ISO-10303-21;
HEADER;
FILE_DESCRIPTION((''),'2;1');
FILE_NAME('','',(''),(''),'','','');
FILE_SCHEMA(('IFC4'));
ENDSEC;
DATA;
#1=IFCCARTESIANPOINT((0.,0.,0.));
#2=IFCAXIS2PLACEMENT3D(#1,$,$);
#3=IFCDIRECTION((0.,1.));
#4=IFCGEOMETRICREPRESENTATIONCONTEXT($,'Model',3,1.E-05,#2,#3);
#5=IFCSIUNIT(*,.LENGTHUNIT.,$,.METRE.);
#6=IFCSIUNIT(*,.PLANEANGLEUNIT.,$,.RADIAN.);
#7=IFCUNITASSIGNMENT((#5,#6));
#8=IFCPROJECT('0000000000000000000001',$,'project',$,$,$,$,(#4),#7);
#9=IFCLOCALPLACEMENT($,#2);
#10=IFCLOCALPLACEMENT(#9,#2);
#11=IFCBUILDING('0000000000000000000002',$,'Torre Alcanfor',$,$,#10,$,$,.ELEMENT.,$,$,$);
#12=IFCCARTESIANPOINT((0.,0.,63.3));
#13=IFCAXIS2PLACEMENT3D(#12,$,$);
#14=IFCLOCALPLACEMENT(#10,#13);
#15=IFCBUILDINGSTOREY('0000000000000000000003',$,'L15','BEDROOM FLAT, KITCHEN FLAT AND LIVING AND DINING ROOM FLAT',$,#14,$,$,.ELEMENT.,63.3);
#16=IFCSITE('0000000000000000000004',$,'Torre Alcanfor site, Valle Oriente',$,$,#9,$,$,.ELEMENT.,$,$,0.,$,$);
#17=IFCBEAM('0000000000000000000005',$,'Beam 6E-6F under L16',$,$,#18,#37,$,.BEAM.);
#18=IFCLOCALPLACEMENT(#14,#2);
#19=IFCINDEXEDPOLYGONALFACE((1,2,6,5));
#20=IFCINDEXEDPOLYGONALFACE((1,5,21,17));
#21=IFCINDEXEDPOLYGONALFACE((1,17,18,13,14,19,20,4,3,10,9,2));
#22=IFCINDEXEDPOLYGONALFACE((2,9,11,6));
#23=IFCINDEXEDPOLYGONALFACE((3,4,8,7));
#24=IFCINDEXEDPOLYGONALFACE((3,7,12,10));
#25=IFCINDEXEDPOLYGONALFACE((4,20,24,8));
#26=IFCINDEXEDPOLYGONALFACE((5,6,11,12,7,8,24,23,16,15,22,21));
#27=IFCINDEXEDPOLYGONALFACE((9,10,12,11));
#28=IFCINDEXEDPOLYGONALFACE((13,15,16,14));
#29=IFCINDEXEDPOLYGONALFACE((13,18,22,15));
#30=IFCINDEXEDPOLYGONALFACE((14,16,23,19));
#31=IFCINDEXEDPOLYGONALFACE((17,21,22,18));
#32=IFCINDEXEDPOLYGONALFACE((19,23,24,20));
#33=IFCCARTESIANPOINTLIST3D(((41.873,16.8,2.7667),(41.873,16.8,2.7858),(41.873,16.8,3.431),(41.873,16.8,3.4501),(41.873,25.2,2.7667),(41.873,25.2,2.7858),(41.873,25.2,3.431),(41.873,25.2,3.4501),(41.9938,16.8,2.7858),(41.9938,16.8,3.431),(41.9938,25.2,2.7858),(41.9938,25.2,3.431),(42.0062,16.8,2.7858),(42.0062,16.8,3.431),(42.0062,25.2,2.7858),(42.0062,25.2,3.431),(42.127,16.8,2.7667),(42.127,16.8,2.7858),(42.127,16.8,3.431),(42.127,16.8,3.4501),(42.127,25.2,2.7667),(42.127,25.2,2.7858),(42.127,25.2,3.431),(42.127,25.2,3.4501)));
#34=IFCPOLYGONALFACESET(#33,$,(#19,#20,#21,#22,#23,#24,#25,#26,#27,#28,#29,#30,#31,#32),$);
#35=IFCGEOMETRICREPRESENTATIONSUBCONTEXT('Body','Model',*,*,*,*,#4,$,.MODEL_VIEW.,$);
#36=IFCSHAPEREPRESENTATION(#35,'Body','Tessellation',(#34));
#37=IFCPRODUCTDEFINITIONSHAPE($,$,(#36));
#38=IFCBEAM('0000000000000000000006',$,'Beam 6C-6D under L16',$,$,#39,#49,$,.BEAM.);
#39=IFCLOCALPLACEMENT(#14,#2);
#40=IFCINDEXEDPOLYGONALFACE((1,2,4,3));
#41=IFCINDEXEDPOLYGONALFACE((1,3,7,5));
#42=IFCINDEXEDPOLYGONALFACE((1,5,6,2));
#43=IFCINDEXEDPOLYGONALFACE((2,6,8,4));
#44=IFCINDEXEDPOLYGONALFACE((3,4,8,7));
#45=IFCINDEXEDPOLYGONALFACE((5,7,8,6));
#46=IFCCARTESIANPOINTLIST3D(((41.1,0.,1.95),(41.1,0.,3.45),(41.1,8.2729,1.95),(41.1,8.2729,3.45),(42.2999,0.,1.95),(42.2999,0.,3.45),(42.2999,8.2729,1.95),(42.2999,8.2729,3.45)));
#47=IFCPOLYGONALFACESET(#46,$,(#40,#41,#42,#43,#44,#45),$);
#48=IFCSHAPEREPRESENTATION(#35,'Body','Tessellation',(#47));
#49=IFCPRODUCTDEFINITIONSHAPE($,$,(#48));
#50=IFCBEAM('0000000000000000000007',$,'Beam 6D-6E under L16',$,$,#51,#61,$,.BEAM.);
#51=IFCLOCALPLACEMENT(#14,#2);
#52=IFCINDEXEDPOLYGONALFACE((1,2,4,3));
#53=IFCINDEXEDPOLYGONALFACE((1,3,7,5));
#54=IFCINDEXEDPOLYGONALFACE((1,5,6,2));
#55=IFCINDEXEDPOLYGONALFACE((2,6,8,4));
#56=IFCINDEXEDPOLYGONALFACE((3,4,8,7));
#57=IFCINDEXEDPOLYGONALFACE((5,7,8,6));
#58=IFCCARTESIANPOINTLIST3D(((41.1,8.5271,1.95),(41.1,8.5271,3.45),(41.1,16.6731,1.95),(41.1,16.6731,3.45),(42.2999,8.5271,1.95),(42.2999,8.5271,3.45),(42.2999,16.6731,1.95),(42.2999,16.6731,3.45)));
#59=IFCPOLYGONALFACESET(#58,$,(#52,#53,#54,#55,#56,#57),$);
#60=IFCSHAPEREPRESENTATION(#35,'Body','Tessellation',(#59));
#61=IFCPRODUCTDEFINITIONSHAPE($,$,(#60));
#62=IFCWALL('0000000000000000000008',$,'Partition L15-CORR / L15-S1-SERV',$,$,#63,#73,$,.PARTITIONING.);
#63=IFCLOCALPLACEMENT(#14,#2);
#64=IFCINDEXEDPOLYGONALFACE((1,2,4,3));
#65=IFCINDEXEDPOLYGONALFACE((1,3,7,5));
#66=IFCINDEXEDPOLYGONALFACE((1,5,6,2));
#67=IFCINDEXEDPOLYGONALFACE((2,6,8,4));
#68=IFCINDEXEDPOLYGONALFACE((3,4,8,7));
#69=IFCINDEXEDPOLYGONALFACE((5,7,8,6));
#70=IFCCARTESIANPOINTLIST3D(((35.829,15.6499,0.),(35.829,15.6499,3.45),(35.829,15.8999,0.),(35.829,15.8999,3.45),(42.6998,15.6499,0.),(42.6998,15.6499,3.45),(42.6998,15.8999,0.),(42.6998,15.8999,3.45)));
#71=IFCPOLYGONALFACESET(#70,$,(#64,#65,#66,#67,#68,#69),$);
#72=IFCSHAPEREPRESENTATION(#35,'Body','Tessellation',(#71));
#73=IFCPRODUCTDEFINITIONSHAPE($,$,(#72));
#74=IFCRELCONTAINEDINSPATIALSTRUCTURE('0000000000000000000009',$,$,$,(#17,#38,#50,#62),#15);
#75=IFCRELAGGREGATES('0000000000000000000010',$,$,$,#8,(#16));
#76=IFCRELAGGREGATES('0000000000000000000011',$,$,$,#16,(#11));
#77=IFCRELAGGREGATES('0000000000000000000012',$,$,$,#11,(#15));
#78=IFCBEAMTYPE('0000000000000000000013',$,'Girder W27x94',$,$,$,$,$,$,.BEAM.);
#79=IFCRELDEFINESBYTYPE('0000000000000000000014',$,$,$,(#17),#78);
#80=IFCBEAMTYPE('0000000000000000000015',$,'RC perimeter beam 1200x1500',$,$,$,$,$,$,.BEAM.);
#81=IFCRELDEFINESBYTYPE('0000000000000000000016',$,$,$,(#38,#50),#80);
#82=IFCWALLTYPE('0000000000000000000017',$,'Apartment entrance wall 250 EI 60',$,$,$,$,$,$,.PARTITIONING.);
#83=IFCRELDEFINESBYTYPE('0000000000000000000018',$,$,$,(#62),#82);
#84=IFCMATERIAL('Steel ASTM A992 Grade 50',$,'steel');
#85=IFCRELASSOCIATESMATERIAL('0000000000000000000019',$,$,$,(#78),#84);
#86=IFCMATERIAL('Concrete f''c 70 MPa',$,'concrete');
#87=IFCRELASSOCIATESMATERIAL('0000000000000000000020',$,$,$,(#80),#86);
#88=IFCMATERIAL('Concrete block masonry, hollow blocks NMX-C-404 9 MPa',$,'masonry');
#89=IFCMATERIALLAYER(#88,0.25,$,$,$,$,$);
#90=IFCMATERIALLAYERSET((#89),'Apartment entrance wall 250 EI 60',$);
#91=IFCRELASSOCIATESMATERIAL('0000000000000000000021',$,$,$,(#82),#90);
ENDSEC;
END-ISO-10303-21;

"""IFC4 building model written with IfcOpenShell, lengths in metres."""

from ifc_helpers import new_model, si_unit, direction, frame, frame_2d, origin, origin_2d, place, context, subcontext, project, spatial, rectangle, i_section, extrude, material, layer, layer_set, material_profile, profile_set, type_object, element, save


model = new_model("IFC4")

# Units and contexts
model_context = context("Model", 3, precision=1e-05, world=origin(), true_north=direction((0.0, 1.0)))
body_context = subcontext(model_context, "Body", "Model", "MODEL_VIEW")
ifc_project = project(units=[si_unit("LENGTHUNIT", "METRE"), si_unit("PLANEANGLEUNIT", "RADIAN")], contexts=[model_context])

# Site, building, storey
site_placement = place(None, origin())
site = spatial("IfcSite", under=ifc_project, at=site_placement, Name="Torre Alcanfor site, Valle Oriente", CompositionType="ELEMENT", RefElevation=0.0)
building_placement = place(site_placement, origin())
building = spatial("IfcBuilding", under=site, at=building_placement, Name="Torre Alcanfor", CompositionType="ELEMENT")
storey_placement = place(building_placement, frame((0.0, 0.0, 63.3)))
storey = spatial("IfcBuildingStorey", under=building, at=storey_placement, Name="L15", Description="BEDROOM FLAT, KITCHEN FLAT AND LIVING AND DINING ROOM FLAT", CompositionType="ELEMENT", Elevation=63.3)

# Beams
ifc_material_1 = material(Name="Steel ASTM A992 Grade 50", Category="steel")
ifc_material_profile_1 = material_profile(ifc_material_1, i_section(OverallWidth=0.2539, OverallDepth=0.6833, WebThickness=0.0125, FlangeThickness=0.019, at=origin_2d()), Name="W27x94")
ifc_profile_set_1 = profile_set([ifc_material_profile_1], Name="Steel ASTM A992 Grade 50")
beam_type_1 = type_object("IfcBeamType", Name="Girder W27x94", PredefinedType="BEAM", material=ifc_profile_set_1)
beam_1_placement = place(storey_placement, frame((42.0, 16.8, 3.1084), z_axis=(0.0, 1.0, 0.0), x_axis=(-1.0, 0.0, 0.0)))
element("IfcBeam", 1, at=beam_1_placement, inside=storey, type_object=beam_type_1, Name="Beam 6E-6F under L16", PredefinedType="BEAM", context=body_context, shape_type="SweptSolid", body=[
    extrude(i_section(OverallWidth=0.2539, OverallDepth=0.6833, WebThickness=0.0125, FlangeThickness=0.019, at=origin_2d()), origin(), (0.0, 0.0, 1.0), 8.3999),
])
ifc_material_2 = material(Name="Concrete f'c 70 MPa", Category="concrete")
ifc_material_profile_2 = material_profile(ifc_material_2, rectangle(XDim=1.2, YDim=1.5, at=origin_2d()), Name="1200x1500")
ifc_profile_set_2 = profile_set([ifc_material_profile_2], Name="Concrete f'c 70 MPa")
beam_type_2 = type_object("IfcBeamType", Name="RC perimeter beam 1200x1500", PredefinedType="BEAM", material=ifc_profile_set_2)
beam_2_placement = place(storey_placement, frame((41.7, 0.0, 2.7), z_axis=(0.0, 1.0, 0.0), x_axis=(-1.0, 0.0, 0.0)))
element("IfcBeam", 2, at=beam_2_placement, inside=storey, type_object=beam_type_2, Name="Beam 6C-6D under L16", PredefinedType="BEAM", context=body_context, shape_type="SweptSolid", body=[
    extrude(rectangle(XDim=1.2, YDim=1.5, at=origin_2d()), origin(), (0.0, 0.0, 1.0), 8.2729),
])
beam_3_placement = place(storey_placement, frame((41.7, 8.5271, 2.7), z_axis=(0.0, 1.0, 0.0), x_axis=(-1.0, 0.0, 0.0)))
element("IfcBeam", 3, at=beam_3_placement, inside=storey, type_object=beam_type_2, Name="Beam 6D-6E under L16", PredefinedType="BEAM", context=body_context, shape_type="SweptSolid", body=[
    extrude(rectangle(XDim=1.2, YDim=1.5, at=origin_2d()), origin(), (0.0, 0.0, 1.0), 8.146),
])

# Wall
ifc_material_3 = material(Name="Concrete block masonry, hollow blocks NMX-C-404 9 MPa", Category="masonry")
ifc_layer_1 = layer(ifc_material_3, 0.25)
ifc_layer_set_1 = layer_set([ifc_layer_1], Name="Apartment entrance wall 250 EI 60")
wall_type_1 = type_object("IfcWallType", Name="Apartment entrance wall 250 EI 60", PredefinedType="PARTITIONING", material=ifc_layer_set_1)
wall_1_placement = place(storey_placement, frame((42.7, 15.7749, 0.0), z_axis=(0.0, 0.0, 1.0), x_axis=(-1.0, 0.0, 0.0)))
element("IfcWall", 4, at=wall_1_placement, inside=storey, type_object=wall_type_1, Name="Partition L15-CORR / L15-S1-SERV", PredefinedType="PARTITIONING", context=body_context, shape_type="SweptSolid", body=[
    extrude(rectangle(XDim=6.8708, YDim=0.25, at=frame_2d((3.4355, 0.0))), origin(), (0.0, 0.0, 1.0), 3.45),
])

save(model, "model.ifc")
